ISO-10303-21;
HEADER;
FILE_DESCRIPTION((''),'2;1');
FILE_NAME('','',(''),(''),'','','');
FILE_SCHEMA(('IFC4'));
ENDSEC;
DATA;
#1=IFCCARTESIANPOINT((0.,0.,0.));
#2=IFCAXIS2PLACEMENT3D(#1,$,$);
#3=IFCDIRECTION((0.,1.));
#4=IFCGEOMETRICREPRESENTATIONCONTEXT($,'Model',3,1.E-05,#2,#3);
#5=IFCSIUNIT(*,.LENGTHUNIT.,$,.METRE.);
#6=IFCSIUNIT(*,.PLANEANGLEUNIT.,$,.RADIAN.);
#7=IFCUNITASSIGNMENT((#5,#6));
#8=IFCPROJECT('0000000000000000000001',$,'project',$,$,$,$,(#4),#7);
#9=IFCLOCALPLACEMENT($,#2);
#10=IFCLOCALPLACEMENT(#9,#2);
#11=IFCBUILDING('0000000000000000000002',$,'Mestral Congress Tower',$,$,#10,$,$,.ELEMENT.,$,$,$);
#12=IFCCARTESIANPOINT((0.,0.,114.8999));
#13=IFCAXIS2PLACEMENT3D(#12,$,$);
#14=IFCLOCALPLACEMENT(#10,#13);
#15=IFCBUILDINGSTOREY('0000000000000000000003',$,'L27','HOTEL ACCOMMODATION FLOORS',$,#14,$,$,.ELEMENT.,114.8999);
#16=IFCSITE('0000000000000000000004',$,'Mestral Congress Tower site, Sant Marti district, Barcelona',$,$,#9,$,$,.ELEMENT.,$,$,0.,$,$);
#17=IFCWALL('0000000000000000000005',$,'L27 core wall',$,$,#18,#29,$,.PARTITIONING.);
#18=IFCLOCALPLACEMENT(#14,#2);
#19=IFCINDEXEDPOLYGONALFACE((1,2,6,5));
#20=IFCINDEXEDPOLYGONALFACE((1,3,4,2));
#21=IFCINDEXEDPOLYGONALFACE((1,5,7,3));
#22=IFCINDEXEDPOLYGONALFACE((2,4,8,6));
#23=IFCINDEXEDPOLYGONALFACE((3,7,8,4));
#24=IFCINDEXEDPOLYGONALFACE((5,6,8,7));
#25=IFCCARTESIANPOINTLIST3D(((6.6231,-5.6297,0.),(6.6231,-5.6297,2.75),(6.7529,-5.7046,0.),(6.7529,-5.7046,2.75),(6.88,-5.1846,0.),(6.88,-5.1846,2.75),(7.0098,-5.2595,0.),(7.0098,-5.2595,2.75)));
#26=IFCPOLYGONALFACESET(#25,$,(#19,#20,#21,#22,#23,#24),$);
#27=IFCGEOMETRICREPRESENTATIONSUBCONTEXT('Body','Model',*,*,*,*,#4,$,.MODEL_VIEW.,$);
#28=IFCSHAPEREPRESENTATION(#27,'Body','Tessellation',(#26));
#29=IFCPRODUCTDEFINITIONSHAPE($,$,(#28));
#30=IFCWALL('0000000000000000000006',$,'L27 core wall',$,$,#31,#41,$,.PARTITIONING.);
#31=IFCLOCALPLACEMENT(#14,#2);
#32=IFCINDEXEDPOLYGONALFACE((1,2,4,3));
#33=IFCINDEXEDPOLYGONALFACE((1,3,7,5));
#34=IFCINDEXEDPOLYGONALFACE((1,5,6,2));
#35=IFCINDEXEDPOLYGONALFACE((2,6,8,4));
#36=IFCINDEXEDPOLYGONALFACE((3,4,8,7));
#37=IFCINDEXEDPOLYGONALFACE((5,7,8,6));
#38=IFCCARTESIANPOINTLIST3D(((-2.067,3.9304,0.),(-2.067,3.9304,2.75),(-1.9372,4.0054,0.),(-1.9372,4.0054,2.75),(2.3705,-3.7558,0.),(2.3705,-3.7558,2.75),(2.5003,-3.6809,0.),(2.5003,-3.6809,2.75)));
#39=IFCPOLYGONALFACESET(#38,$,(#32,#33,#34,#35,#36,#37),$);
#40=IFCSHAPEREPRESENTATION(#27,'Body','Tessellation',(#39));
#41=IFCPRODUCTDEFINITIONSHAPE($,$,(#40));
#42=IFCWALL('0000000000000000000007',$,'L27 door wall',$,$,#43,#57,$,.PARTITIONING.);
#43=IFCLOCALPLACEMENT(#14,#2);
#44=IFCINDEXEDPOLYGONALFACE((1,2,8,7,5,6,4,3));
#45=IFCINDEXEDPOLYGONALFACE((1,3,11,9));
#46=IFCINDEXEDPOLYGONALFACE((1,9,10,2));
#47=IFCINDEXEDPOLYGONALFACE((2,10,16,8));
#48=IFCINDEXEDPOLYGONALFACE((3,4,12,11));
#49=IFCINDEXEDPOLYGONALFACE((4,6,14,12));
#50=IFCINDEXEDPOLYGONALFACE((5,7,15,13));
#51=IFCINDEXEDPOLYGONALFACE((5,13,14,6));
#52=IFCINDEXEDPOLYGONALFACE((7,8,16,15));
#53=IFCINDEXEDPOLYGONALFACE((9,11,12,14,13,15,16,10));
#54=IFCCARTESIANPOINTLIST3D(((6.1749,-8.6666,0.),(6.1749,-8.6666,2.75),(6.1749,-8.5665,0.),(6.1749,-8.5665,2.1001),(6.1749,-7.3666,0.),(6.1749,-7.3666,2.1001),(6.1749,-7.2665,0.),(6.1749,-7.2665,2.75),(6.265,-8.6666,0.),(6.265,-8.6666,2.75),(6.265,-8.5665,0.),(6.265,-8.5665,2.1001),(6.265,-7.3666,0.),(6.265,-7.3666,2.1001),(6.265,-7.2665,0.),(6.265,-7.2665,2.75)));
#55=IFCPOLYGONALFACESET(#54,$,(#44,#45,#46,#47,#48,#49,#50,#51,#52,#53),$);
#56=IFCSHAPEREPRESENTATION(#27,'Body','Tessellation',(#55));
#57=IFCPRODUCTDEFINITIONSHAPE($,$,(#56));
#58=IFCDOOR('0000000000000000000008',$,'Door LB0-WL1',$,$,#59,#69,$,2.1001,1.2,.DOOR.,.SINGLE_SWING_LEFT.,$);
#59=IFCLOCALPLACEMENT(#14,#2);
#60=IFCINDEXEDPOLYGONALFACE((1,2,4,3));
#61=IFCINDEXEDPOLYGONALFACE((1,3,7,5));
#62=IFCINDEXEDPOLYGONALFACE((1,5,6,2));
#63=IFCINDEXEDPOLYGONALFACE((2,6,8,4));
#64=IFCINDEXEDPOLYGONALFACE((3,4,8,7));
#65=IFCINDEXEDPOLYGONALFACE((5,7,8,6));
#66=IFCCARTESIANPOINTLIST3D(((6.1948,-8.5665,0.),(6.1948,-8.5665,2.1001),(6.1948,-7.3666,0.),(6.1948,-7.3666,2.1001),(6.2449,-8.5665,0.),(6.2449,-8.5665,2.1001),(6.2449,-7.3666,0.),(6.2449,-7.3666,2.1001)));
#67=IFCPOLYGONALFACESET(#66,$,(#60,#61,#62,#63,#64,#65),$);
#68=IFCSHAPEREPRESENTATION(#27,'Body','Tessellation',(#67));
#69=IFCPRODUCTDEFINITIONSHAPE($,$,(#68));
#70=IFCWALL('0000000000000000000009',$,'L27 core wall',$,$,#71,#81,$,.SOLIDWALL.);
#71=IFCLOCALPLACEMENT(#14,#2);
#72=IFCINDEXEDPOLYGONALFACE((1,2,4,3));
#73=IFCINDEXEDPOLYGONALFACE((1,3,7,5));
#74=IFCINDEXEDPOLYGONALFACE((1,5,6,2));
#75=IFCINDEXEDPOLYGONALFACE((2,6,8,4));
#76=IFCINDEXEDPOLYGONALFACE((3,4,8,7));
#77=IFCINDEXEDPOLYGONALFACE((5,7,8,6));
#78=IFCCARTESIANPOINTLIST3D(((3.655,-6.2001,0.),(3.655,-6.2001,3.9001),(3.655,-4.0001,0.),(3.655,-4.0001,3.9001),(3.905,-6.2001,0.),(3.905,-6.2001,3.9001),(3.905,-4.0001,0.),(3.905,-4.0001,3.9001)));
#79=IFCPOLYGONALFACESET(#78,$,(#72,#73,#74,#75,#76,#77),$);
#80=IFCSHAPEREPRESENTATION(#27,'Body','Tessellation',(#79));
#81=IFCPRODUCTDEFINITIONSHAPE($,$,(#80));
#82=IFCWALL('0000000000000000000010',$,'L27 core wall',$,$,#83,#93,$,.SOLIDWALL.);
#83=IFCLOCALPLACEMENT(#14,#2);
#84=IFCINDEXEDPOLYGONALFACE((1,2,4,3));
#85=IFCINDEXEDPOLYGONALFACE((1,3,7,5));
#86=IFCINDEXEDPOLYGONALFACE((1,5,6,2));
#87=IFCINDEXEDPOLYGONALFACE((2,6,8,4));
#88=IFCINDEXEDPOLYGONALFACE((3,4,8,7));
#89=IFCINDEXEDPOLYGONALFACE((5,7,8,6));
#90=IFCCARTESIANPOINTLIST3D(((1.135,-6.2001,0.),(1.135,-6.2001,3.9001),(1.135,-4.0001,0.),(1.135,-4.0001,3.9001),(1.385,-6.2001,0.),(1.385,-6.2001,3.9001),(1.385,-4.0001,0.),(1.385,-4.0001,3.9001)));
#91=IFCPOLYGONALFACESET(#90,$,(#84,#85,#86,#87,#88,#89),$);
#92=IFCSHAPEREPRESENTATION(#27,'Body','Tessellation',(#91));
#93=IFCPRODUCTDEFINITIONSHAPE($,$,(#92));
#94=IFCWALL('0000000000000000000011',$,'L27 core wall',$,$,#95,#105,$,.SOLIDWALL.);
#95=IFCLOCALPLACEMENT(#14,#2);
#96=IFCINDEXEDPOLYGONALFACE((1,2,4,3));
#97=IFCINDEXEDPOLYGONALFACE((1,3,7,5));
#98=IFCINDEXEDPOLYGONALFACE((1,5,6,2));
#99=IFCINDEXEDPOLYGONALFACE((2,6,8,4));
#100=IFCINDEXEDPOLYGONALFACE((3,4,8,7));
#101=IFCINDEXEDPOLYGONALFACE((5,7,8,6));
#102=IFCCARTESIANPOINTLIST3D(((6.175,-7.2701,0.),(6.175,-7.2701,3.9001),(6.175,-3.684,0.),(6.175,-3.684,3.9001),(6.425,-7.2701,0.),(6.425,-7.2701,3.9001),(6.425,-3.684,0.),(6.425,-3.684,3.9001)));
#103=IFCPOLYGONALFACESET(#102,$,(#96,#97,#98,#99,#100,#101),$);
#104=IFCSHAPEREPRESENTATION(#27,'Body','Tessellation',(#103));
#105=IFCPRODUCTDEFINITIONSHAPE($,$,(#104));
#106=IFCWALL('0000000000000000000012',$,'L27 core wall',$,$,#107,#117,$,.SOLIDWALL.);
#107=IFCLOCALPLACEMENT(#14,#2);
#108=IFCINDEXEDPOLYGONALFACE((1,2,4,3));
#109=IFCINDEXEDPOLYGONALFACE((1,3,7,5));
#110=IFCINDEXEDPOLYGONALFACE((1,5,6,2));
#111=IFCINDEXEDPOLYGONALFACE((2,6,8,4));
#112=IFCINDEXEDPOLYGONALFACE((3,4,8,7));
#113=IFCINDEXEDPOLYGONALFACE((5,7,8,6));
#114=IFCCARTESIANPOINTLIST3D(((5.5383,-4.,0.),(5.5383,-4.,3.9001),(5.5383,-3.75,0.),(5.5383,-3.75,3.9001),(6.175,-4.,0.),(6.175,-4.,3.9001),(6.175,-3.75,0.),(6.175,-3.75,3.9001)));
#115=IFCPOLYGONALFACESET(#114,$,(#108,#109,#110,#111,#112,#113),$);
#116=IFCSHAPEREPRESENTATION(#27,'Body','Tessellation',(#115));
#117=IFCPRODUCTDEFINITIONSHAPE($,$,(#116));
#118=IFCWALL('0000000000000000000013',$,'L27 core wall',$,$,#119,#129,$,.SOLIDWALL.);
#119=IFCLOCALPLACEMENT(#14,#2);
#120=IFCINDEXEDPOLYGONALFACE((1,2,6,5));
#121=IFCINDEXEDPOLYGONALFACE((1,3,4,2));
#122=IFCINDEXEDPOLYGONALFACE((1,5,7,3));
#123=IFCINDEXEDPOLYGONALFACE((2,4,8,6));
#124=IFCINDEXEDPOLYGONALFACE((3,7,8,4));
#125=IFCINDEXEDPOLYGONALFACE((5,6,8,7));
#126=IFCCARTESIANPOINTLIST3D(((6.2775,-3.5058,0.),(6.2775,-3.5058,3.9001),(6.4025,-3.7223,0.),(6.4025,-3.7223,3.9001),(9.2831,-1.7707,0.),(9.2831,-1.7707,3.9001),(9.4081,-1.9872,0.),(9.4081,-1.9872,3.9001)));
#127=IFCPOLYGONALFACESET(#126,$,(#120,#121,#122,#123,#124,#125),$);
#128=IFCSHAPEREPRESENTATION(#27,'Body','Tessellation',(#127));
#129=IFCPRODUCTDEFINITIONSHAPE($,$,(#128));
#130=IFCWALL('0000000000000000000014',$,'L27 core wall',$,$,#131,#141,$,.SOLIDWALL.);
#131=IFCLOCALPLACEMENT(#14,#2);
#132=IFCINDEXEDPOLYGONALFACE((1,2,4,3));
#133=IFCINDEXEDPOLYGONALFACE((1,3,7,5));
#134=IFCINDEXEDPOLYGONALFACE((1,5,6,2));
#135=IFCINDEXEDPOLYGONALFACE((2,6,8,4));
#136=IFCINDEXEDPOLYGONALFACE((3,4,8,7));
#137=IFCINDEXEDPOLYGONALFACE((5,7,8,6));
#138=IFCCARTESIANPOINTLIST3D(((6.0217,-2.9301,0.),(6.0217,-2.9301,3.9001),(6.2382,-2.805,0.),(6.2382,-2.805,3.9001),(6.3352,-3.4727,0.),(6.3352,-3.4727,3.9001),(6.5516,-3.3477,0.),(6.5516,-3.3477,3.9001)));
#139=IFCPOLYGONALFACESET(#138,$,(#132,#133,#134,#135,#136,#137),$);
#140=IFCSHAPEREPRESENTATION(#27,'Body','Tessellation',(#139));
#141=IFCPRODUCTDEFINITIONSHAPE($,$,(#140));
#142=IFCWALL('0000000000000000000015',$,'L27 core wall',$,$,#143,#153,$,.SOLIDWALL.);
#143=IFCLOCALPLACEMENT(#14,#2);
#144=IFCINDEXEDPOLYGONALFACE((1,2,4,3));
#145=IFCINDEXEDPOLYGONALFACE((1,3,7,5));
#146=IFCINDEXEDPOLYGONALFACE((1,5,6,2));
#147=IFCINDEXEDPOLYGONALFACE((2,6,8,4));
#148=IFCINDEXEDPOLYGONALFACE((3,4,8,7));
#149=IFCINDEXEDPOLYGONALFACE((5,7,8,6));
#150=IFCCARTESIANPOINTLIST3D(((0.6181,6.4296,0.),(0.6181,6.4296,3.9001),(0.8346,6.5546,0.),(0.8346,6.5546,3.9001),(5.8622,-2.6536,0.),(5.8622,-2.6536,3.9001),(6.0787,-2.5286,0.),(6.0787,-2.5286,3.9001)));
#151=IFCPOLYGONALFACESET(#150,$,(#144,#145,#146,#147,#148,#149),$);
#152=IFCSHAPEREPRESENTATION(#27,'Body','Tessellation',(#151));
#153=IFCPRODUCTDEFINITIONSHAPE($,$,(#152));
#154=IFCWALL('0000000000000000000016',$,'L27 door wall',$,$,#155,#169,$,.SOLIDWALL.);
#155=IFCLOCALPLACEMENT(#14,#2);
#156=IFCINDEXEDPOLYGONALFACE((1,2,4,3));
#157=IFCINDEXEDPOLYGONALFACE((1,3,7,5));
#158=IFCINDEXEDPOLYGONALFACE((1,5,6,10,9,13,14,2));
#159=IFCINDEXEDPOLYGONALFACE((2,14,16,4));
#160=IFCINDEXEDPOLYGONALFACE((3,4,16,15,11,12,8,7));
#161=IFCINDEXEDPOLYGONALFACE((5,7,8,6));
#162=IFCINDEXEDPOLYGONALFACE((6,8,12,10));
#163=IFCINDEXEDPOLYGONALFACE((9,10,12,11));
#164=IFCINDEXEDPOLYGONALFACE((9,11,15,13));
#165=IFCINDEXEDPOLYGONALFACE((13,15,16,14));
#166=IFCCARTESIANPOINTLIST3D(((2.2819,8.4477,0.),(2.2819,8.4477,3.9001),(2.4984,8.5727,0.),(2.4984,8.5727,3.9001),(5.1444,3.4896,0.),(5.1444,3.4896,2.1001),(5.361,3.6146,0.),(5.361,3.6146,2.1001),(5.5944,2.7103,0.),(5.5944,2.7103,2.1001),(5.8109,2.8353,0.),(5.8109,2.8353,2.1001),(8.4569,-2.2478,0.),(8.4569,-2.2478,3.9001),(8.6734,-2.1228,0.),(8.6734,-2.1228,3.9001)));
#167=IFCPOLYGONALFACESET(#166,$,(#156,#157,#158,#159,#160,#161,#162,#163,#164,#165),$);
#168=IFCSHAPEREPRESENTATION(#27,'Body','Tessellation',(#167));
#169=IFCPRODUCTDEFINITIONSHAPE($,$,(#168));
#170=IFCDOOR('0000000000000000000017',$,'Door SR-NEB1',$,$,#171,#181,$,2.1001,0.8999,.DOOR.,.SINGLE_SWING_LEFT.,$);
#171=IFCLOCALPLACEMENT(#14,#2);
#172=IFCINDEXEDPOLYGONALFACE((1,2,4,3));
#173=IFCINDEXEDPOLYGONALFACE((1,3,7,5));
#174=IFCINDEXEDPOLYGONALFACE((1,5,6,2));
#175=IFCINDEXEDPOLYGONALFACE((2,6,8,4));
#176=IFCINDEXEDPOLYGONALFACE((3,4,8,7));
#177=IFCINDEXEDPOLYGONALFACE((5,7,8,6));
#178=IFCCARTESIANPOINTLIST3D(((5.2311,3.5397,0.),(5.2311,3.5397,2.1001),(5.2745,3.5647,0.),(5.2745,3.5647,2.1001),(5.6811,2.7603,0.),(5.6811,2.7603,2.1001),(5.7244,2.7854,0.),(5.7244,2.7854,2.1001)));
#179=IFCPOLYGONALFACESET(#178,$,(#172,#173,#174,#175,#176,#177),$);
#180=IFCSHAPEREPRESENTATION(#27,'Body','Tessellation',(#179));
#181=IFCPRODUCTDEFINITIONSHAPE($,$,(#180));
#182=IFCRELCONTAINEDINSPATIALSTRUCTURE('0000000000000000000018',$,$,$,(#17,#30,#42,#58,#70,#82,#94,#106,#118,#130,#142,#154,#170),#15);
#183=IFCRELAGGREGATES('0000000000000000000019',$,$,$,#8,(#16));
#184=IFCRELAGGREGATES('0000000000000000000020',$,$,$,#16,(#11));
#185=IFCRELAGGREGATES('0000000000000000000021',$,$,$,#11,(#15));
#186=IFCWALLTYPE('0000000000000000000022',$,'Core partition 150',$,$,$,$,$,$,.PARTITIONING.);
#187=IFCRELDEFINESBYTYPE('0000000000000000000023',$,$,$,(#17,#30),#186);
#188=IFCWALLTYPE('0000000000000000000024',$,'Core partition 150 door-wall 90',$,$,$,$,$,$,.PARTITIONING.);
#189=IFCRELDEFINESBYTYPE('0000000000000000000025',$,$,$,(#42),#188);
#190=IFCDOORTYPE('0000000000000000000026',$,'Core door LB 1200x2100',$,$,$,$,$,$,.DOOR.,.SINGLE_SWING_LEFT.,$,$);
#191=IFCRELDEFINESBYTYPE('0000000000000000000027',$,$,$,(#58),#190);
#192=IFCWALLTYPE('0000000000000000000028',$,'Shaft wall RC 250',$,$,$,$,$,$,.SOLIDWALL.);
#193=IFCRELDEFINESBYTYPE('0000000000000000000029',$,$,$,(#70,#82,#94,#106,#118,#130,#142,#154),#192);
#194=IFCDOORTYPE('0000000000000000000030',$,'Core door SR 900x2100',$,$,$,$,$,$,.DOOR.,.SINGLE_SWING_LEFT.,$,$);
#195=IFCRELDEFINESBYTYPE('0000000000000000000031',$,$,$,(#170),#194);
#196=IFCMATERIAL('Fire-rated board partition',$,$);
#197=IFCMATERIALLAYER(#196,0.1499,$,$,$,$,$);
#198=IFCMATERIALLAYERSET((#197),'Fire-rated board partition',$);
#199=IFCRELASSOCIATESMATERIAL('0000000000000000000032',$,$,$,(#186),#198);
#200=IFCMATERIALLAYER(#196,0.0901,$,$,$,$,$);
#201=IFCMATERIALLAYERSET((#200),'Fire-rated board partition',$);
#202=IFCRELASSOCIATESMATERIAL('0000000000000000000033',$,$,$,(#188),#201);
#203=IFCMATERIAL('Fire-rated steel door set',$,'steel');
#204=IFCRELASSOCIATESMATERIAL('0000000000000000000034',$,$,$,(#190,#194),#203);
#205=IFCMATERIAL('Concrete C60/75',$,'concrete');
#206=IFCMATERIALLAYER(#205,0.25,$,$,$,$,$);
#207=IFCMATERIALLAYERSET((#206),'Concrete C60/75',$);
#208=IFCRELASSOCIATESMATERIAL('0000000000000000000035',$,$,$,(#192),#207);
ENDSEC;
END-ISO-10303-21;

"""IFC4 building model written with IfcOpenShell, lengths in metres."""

from ifc_helpers import new_model, si_unit, direction, frame, frame_2d, origin, place, context, subcontext, project, spatial, rectangle, extrude, material, layer, layer_set, type_object, element, fill, save


model = new_model("IFC4")

# Units and contexts
model_context = context("Model", 3, precision=1e-05, world=origin(), true_north=direction((0.0, 1.0)))
body_context = subcontext(model_context, "Body", "Model", "MODEL_VIEW")
ifc_project = project(units=[si_unit("LENGTHUNIT", "METRE"), si_unit("PLANEANGLEUNIT", "RADIAN")], contexts=[model_context])

# Site, building, storey
site_placement = place(None, origin())
site = spatial("IfcSite", under=ifc_project, at=site_placement, Name="Mestral Congress Tower site, Sant Marti district, Barcelona", CompositionType="ELEMENT", RefElevation=0.0)
building_placement = place(site_placement, origin())
building = spatial("IfcBuilding", under=site, at=building_placement, Name="Mestral Congress Tower", CompositionType="ELEMENT")
storey_placement = place(building_placement, frame((0.0, 0.0, 114.8999)))
storey = spatial("IfcBuildingStorey", under=building, at=storey_placement, Name="L27", Description="HOTEL ACCOMMODATION FLOORS", CompositionType="ELEMENT", Elevation=114.8999)

# Walls
ifc_material_1 = material(Name="Fire-rated board partition")
ifc_layer_1 = layer(ifc_material_1, 0.1499)
ifc_layer_set_1 = layer_set([ifc_layer_1], Name="Fire-rated board partition")
wall_type_1 = type_object("IfcWallType", Name="Core partition 150", PredefinedType="PARTITIONING", material=ifc_layer_set_1)
wall_1_placement = place(storey_placement, frame((6.9448, -5.2222, 0.0), z_axis=(0.0, 0.0, 1.0), x_axis=(-0.499818, -0.86613, 0.0)))
element("IfcWall", 1, at=wall_1_placement, inside=storey, type_object=wall_type_1, Name="L27 core wall", PredefinedType="PARTITIONING", context=body_context, shape_type="SweptSolid", body=[
    extrude(rectangle(XDim=0.5139, YDim=0.1499, at=frame_2d((0.2568, 0.0))), origin(), (0.0, 0.0, 1.0), 2.75),
])
wall_2_placement = place(storey_placement, frame((2.4353, -3.7183, 0.0), z_axis=(0.0, 0.0, 1.0), x_axis=(-0.499985, 0.866034, 0.0)))
element("IfcWall", 2, at=wall_2_placement, inside=storey, type_object=wall_type_1, Name="L27 core wall", PredefinedType="PARTITIONING", context=body_context, shape_type="SweptSolid", body=[
    extrude(rectangle(XDim=8.8752, YDim=0.1499, at=frame_2d((4.4375, 0.0))), origin(), (0.0, 0.0, 1.0), 2.75),
])

# Wall, opening, door
ifc_layer_2 = layer(ifc_material_1, 0.0901)
ifc_layer_set_2 = layer_set([ifc_layer_2], Name="Fire-rated board partition")
wall_type_2 = type_object("IfcWallType", Name="Core partition 150 door-wall 90", PredefinedType="PARTITIONING", material=ifc_layer_set_2)
wall_3_placement = place(storey_placement, frame((6.22, -7.2664, 0.0), z_axis=(0.0, 0.0, 1.0), x_axis=(0.0, -1.0, 0.0)))
wall_3 = element("IfcWall", 3, at=wall_3_placement, inside=storey, type_object=wall_type_2, Name="L27 door wall", PredefinedType="PARTITIONING", context=body_context, shape_type="SweptSolid", body=[
    extrude(rectangle(XDim=1.4001, YDim=0.0901, at=frame_2d((0.7002, 0.0))), origin(), (0.0, 0.0, 1.0), 2.75),
])
opening_1_placement = place(wall_3_placement, frame((0.1001, 0.0, 0.0)))
opening_1 = element("IfcOpeningElement", 4, at=opening_1_placement, cuts=wall_3, PredefinedType="OPENING", context=body_context, shape_type="SweptSolid", body=[
    extrude(rectangle(XDim=1.2, YDim=2.1001, at=frame_2d((0.6001, 1.05))), frame((0.0, 0.0549, 0.0), z_axis=(0.0, -1.0, 0.0), x_axis=(1.0, 0.0, 0.0)), (0.0, 0.0, 1.0), 0.1101),
])
ifc_material_2 = material(Name="Fire-rated steel door set", Category="steel")
door_type_1 = type_object("IfcDoorType", Name="Core door LB 1200x2100", OperationType="SINGLE_SWING_LEFT", PredefinedType="DOOR", material=ifc_material_2)
door_1_placement = place(opening_1_placement, origin())
door_1 = element("IfcDoor", 5, at=door_1_placement, inside=storey, type_object=door_type_1, Name="Door LB0-WL1", OperationType="SINGLE_SWING_LEFT", OverallHeight=2.1001, OverallWidth=1.2, PredefinedType="DOOR", context=body_context, shape_type="SweptSolid", body=[
    extrude(rectangle(XDim=1.2, YDim=2.1001, at=frame_2d((0.6001, 1.05))), frame((0.0, 0.0249, 0.0), z_axis=(0.0, -1.0, 0.0), x_axis=(1.0, 0.0, 0.0)), (0.0, 0.0, 1.0), 0.05),
])
fill(opening_1, door_1)

# Walls
ifc_material_3 = material(Name="Concrete C60/75", Category="concrete")
ifc_layer_3 = layer(ifc_material_3, 0.25)
ifc_layer_set_3 = layer_set([ifc_layer_3], Name="Concrete C60/75")
wall_type_3 = type_object("IfcWallType", Name="Shaft wall RC 250", PredefinedType="SOLIDWALL", material=ifc_layer_set_3)
for number, where, z_axis, x_axis, name in (
    (6, (3.78, -4.0, 0.0), (0.0, 0.0, 1.0), (0.0, -1.0, 0.0), "L27 core wall"),
    (7, (1.26, -4.0, 0.0), (0.0, 0.0, 1.0), (0.0, -1.0, 0.0), "L27 core wall"),
):
    element("IfcWall", number, at=place(storey_placement, frame(where, z_axis=z_axis, x_axis=x_axis)), inside=storey, type_object=wall_type_3, Name=name, PredefinedType="SOLIDWALL", context=body_context, shape_type="SweptSolid", body=[
        extrude(rectangle(XDim=2.2, YDim=0.25, at=frame_2d((1.1001, 0.0))), origin(), (0.0, 0.0, 1.0), 3.9001),
    ])
wall_4_placement = place(storey_placement, frame((6.3, -7.27, 0.0), z_axis=(0.0, 0.0, 1.0), x_axis=(0.0, 1.0, 0.0)))
element("IfcWall", 8, at=wall_4_placement, inside=storey, type_object=wall_type_3, Name="L27 core wall", PredefinedType="SOLIDWALL", context=body_context, shape_type="SweptSolid", body=[
    extrude(rectangle(XDim=3.5862, YDim=0.25, at=frame_2d((1.793, 0.0))), origin(), (0.0, 0.0, 1.0), 3.9001),
])
wall_5_placement = place(storey_placement, frame((5.5383, -3.875, 0.0), z_axis=(0.0, 0.0, 1.0), x_axis=(1.0, 0.0, 0.0)))
element("IfcWall", 9, at=wall_5_placement, inside=storey, type_object=wall_type_3, Name="L27 core wall", PredefinedType="SOLIDWALL", context=body_context, shape_type="SweptSolid", body=[
    extrude(rectangle(XDim=0.6367, YDim=0.25, at=frame_2d((0.3184, 0.0))), origin(), (0.0, 0.0, 1.0), 3.9001),
])
wall_6_placement = place(storey_placement, frame((9.3457, -1.8789, 0.0), z_axis=(0.0, 0.0, 1.0), x_axis=(-0.866049, -0.49996, 0.0)))
element("IfcWall", 10, at=wall_6_placement, inside=storey, type_object=wall_type_3, Name="L27 core wall", PredefinedType="SOLIDWALL", context=body_context, shape_type="SweptSolid", body=[
    extrude(rectangle(XDim=3.4705, YDim=0.25, at=frame_2d((1.7354, 0.0))), origin(), (0.0, 0.0, 1.0), 3.9001),
])
wall_7_placement = place(storey_placement, frame((6.1299, -2.8674, 0.0), z_axis=(0.0, 0.0, 1.0), x_axis=(0.500161, -0.865933, 0.0)))
element("IfcWall", 11, at=wall_7_placement, inside=storey, type_object=wall_type_3, Name="L27 core wall", PredefinedType="SOLIDWALL", context=body_context, shape_type="SweptSolid", body=[
    extrude(rectangle(XDim=0.6267, YDim=0.25, at=frame_2d((0.3135, 0.0))), origin(), (0.0, 0.0, 1.0), 3.9001),
])
wall_8_placement = place(storey_placement, frame((5.9705, -2.5911, 0.0), z_axis=(0.0, 0.0, 1.0), x_axis=(-0.499994, 0.866029, 0.0)))
element("IfcWall", 12, at=wall_8_placement, inside=storey, type_object=wall_type_3, Name="L27 core wall", PredefinedType="SOLIDWALL", context=body_context, shape_type="SweptSolid", body=[
    extrude(rectangle(XDim=10.4883, YDim=0.25, at=frame_2d((5.2441, 0.0))), origin(), (0.0, 0.0, 1.0), 3.9001),
])

# Wall, opening, door
wall_9_placement = place(storey_placement, frame((8.5652, -2.1853, 0.0), z_axis=(0.0, 0.0, 1.0), x_axis=(-0.499998, 0.866027, 0.0)))
wall_9 = element("IfcWall", 13, at=wall_9_placement, inside=storey, type_object=wall_type_3, Name="L27 door wall", PredefinedType="SOLIDWALL", context=body_context, shape_type="SweptSolid", body=[
    extrude(rectangle(XDim=12.3501, YDim=0.25, at=frame_2d((6.175, 0.0))), origin(), (0.0, 0.0, 1.0), 3.9001),
])
opening_2_placement = place(wall_9_placement, frame((5.7251, 0.0, 0.0)))
opening_2 = element("IfcOpeningElement", 14, at=opening_2_placement, cuts=wall_9, PredefinedType="OPENING", context=body_context, shape_type="SweptSolid", body=[
    extrude(rectangle(XDim=0.8999, YDim=2.1001, at=frame_2d((0.45, 1.05))), frame((0.0, 0.135, 0.0), z_axis=(0.0, -1.0, 0.0), x_axis=(1.0, 0.0, 0.0)), (0.0, 0.0, 1.0), 0.27),
])
door_type_2 = type_object("IfcDoorType", Name="Core door SR 900x2100", OperationType="SINGLE_SWING_LEFT", PredefinedType="DOOR", material=ifc_material_2)
door_2_placement = place(opening_2_placement, origin())
door_2 = element("IfcDoor", 15, at=door_2_placement, inside=storey, type_object=door_type_2, Name="Door SR-NEB1", OperationType="SINGLE_SWING_LEFT", OverallHeight=2.1001, OverallWidth=0.8999, PredefinedType="DOOR", context=body_context, shape_type="SweptSolid", body=[
    extrude(rectangle(XDim=0.8999, YDim=2.1001, at=frame_2d((0.45, 1.05))), frame((0.0, 0.0249, 0.0), z_axis=(0.0, -1.0, 0.0), x_axis=(1.0, 0.0, 0.0)), (0.0, 0.0, 1.0), 0.05),
])
fill(opening_2, door_2)

save(model, "model.ifc")
